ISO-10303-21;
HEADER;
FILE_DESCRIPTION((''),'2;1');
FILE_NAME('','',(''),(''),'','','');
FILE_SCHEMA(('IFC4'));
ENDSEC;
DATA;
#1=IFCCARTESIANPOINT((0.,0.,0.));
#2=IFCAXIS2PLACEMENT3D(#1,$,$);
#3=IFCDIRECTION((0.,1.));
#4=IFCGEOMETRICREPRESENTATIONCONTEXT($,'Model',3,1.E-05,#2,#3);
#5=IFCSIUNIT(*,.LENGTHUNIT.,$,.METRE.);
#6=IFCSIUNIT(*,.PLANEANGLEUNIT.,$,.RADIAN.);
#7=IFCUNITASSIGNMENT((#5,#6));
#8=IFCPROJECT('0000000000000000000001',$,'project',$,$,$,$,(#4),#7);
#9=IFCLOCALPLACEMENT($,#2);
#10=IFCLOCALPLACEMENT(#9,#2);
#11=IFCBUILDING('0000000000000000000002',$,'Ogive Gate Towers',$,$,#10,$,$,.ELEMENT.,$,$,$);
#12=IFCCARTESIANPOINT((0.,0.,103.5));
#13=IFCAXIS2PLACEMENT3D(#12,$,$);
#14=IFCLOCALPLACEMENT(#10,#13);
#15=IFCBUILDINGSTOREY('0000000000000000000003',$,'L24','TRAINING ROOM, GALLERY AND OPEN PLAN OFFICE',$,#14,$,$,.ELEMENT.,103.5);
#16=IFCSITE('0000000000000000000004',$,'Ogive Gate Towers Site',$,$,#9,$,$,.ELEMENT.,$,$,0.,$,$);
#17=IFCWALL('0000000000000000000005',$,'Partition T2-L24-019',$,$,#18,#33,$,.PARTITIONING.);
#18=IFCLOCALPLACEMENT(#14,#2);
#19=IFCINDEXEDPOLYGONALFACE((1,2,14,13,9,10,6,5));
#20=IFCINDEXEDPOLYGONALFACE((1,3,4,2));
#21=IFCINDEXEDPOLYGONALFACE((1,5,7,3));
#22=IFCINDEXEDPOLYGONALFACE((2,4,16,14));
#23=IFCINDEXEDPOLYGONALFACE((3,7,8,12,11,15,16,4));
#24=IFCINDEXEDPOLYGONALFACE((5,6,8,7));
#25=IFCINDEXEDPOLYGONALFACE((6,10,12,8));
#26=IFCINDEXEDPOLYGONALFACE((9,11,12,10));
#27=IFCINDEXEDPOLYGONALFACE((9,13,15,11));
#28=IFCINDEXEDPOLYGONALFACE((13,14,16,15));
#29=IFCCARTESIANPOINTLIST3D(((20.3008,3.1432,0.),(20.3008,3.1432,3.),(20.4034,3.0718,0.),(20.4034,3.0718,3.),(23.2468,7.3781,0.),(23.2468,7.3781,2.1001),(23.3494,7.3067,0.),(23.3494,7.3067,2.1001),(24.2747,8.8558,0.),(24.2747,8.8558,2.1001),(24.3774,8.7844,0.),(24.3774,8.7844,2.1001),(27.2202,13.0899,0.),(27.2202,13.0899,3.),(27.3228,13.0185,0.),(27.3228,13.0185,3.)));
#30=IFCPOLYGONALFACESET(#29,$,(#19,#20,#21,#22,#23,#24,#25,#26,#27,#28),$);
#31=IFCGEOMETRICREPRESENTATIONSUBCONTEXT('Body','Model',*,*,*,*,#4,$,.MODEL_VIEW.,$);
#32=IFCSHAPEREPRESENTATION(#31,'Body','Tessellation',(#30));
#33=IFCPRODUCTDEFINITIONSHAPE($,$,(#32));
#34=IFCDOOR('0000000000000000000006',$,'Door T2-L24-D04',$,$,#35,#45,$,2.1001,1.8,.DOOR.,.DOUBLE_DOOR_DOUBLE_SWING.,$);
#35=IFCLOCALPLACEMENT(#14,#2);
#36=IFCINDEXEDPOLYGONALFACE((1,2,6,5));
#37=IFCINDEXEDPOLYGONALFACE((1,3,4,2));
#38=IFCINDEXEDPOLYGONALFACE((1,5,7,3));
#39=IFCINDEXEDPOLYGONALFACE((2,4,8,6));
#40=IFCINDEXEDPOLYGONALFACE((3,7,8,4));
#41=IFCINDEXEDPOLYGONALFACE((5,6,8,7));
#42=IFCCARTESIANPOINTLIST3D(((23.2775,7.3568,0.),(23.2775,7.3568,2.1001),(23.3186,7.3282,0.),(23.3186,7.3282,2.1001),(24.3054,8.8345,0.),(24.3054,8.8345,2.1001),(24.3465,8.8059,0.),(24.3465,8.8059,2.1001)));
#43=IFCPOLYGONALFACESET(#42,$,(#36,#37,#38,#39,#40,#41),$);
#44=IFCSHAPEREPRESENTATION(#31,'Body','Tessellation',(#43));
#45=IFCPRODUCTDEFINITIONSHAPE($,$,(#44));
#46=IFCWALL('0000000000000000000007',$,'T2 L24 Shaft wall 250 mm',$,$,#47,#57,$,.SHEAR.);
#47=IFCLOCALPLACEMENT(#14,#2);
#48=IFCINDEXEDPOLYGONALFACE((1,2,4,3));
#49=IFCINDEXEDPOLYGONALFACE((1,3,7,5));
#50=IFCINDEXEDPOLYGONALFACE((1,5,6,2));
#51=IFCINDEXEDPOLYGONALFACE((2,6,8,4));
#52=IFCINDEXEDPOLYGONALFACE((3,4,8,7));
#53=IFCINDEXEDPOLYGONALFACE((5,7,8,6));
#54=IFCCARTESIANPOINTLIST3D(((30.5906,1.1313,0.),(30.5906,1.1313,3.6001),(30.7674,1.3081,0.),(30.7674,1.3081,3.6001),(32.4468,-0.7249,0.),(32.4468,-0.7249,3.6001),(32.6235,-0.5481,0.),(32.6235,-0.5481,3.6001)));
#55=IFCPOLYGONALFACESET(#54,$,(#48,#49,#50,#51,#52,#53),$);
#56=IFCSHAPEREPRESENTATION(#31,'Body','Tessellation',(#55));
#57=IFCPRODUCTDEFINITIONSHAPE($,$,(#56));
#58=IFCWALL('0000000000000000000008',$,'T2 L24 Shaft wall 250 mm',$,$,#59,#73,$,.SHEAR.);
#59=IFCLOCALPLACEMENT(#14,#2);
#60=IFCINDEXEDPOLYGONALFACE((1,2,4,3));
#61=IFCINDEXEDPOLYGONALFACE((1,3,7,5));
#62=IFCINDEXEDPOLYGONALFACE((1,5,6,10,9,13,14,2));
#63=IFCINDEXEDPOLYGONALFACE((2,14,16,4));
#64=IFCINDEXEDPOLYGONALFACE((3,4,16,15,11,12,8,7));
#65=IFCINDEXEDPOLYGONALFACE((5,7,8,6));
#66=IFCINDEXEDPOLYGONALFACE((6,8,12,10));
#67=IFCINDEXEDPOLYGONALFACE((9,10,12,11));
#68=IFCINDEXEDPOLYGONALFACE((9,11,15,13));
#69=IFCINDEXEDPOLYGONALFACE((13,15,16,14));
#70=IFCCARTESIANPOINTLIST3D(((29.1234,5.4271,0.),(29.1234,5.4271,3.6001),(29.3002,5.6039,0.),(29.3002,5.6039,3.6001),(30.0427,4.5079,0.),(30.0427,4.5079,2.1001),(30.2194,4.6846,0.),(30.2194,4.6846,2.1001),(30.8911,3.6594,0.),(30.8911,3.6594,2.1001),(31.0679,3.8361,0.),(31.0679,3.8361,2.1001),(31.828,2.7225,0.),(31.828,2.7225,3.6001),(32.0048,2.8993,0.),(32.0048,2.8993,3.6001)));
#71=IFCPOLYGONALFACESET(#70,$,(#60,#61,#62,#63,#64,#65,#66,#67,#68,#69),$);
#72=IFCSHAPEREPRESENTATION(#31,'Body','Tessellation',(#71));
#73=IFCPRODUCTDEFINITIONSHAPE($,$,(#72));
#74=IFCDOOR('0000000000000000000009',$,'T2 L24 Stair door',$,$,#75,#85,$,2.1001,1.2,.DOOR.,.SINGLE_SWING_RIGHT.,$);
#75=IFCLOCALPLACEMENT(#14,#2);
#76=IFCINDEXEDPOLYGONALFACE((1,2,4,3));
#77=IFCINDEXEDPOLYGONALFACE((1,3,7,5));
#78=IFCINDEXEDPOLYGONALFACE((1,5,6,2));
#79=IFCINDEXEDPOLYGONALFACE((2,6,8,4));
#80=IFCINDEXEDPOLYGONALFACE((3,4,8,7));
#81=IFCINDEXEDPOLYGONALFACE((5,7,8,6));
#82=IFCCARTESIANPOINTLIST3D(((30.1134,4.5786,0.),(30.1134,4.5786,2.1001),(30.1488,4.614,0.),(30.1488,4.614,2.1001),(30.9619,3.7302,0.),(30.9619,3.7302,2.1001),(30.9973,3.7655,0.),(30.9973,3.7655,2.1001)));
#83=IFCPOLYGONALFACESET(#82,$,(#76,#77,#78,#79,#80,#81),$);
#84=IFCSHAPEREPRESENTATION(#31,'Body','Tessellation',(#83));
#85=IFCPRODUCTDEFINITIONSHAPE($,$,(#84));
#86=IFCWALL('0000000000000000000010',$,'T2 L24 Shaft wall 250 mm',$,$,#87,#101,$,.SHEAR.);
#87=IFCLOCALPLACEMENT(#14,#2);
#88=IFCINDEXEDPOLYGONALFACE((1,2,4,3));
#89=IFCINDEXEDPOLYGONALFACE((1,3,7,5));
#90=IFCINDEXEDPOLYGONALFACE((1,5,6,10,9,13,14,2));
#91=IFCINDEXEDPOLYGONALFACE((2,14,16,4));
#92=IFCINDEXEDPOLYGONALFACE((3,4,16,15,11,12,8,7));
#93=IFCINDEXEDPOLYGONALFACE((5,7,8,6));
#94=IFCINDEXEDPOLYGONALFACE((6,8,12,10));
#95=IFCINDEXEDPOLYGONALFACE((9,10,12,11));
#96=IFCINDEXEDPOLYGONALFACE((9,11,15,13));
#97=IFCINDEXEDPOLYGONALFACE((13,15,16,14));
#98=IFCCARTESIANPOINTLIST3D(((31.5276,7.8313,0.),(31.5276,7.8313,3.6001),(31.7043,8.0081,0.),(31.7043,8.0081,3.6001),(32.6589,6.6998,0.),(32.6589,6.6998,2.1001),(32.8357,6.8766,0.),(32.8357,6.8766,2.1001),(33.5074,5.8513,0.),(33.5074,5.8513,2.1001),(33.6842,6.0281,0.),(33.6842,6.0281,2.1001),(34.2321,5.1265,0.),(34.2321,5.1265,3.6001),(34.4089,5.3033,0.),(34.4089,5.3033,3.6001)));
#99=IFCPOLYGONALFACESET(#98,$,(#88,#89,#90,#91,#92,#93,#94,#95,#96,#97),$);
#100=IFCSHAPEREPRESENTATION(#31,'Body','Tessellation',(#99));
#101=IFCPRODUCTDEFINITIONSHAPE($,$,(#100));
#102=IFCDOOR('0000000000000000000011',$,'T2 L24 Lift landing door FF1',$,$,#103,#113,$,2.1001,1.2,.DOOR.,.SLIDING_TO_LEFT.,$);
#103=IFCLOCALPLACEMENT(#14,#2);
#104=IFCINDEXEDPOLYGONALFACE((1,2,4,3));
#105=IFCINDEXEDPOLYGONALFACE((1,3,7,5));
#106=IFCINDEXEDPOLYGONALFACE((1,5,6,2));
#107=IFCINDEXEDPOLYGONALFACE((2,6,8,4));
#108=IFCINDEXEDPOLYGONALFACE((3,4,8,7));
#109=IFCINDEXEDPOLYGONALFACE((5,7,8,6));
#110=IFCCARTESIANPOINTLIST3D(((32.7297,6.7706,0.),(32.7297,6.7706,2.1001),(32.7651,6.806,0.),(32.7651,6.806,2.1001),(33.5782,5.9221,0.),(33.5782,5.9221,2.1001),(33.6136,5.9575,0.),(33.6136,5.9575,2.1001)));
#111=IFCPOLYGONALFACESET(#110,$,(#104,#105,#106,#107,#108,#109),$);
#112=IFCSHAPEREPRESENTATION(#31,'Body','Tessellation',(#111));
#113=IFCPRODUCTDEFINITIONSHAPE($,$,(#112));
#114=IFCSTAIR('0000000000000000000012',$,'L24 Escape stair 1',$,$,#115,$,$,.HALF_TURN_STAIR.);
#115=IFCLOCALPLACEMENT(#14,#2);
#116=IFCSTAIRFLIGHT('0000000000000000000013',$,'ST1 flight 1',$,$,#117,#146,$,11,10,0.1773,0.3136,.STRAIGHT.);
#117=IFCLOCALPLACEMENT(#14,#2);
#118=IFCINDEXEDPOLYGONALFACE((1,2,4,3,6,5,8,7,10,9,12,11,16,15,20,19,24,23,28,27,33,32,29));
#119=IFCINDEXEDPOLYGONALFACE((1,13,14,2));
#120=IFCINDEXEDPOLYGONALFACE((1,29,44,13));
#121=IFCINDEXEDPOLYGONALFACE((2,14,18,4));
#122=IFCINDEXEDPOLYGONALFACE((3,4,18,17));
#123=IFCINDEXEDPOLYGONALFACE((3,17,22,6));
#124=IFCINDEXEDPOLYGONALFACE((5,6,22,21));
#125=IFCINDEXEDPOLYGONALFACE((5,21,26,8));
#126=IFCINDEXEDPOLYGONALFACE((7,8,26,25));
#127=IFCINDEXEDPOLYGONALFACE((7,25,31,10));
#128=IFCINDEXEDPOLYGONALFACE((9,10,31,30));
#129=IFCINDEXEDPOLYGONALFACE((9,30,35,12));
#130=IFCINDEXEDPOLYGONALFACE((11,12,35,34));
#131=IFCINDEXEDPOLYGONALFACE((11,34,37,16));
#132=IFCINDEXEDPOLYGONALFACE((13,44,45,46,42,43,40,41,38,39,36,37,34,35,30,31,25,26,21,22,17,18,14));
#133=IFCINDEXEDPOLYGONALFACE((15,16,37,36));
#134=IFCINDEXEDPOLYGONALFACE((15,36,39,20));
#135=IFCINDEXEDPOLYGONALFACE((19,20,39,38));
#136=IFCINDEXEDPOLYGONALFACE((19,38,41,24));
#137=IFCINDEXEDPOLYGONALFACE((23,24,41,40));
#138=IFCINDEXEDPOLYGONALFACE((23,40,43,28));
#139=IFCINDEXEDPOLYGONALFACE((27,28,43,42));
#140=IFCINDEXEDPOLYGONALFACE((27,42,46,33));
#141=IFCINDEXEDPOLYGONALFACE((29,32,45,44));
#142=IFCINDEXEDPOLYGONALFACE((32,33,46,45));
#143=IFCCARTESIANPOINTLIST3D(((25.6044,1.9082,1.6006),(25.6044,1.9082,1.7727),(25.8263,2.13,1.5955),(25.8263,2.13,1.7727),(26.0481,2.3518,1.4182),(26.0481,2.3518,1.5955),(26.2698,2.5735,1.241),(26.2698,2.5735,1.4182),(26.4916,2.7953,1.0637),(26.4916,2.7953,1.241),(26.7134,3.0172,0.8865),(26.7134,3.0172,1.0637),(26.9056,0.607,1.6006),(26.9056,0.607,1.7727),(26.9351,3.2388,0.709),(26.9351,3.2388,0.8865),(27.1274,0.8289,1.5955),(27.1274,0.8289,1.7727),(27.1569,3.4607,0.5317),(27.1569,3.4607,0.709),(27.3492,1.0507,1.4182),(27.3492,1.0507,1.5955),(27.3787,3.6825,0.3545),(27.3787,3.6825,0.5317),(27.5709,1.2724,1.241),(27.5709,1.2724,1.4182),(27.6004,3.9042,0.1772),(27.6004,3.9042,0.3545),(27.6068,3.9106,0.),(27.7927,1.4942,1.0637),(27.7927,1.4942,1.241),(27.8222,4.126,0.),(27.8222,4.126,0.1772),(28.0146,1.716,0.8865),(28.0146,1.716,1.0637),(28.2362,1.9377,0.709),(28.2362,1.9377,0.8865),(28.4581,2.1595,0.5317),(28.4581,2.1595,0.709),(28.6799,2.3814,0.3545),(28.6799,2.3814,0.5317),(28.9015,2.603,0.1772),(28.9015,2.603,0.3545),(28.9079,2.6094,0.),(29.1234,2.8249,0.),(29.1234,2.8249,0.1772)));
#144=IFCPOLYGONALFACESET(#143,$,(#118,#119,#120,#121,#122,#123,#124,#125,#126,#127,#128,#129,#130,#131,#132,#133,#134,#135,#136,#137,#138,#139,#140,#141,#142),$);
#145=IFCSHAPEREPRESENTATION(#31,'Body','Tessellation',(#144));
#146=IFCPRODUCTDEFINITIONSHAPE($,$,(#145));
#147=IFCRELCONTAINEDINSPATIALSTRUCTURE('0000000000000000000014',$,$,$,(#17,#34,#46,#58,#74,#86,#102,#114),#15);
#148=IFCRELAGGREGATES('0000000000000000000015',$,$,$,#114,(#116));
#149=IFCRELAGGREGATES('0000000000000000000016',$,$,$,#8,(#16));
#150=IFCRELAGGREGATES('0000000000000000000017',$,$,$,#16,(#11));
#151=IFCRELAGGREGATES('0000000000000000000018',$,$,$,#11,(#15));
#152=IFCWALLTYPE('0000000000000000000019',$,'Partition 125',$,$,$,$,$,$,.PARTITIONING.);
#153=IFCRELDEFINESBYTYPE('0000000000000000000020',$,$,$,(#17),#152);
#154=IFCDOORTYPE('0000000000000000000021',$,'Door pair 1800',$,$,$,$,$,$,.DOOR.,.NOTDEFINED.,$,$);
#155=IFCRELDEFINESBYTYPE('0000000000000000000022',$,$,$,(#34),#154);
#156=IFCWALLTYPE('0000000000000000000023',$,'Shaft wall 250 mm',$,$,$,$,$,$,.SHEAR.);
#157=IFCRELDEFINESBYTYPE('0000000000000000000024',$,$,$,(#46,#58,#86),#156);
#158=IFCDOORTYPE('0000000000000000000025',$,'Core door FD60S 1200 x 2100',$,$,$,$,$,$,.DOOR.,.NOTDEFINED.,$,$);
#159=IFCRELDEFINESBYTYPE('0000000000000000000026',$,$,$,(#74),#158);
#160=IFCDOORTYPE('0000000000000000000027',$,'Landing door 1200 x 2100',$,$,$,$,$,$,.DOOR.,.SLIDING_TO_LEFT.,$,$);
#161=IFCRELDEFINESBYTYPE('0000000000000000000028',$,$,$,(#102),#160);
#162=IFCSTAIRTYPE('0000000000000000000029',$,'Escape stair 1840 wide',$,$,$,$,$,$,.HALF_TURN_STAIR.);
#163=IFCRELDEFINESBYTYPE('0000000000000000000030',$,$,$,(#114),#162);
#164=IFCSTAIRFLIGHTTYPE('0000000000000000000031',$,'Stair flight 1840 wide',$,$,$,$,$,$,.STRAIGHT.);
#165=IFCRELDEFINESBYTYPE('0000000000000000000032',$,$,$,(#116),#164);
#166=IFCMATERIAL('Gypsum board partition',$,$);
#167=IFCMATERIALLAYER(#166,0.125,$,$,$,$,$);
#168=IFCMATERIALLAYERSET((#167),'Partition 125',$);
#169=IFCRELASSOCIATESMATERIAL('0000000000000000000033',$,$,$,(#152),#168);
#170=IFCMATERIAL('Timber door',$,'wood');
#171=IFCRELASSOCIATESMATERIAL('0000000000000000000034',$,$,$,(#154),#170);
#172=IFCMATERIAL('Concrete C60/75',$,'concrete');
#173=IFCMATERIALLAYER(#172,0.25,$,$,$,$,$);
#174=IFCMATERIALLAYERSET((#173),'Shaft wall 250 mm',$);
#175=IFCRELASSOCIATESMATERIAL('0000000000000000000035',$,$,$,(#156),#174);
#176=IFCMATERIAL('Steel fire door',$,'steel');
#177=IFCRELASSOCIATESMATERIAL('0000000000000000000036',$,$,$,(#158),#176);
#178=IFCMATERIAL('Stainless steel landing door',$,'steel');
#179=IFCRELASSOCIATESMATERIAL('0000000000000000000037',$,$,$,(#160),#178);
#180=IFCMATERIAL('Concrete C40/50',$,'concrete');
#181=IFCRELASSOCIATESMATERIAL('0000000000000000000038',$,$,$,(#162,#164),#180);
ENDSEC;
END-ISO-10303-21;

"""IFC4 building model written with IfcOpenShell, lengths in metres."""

from ifc_helpers import new_model, si_unit, direction, frame, frame_2d, origin, place, context, subcontext, project, spatial, polyline, rectangle, outline, extrude, material, layer, layer_set, type_object, element, fill, aggregate, save


model = new_model("IFC4")

# Units and contexts
model_context = context("Model", 3, precision=1e-05, world=origin(), true_north=direction((0.0, 1.0)))
body_context = subcontext(model_context, "Body", "Model", "MODEL_VIEW")
ifc_project = project(units=[si_unit("LENGTHUNIT", "METRE"), si_unit("PLANEANGLEUNIT", "RADIAN")], contexts=[model_context])

# Site, building, storey
site_placement = place(None, origin())
site = spatial("IfcSite", under=ifc_project, at=site_placement, Name="Ogive Gate Towers Site", CompositionType="ELEMENT", RefElevation=0.0)
building_placement = place(site_placement, origin())
building = spatial("IfcBuilding", under=site, at=building_placement, Name="Ogive Gate Towers", CompositionType="ELEMENT")
storey_placement = place(building_placement, frame((0.0, 0.0, 103.5)))
storey = spatial("IfcBuildingStorey", under=building, at=storey_placement, Name="L24", Description="TRAINING ROOM, GALLERY AND OPEN PLAN OFFICE", CompositionType="ELEMENT", Elevation=103.5)

# Wall, opening, door
ifc_material_1 = material(Name="Gypsum board partition")
ifc_layer_1 = layer(ifc_material_1, 0.125)
ifc_layer_set_1 = layer_set([ifc_layer_1], Name="Partition 125")
wall_type_1 = type_object("IfcWallType", Name="Partition 125", PredefinedType="PARTITIONING", material=ifc_layer_set_1)
wall_1_placement = place(storey_placement, frame((27.2715, 13.0542, 0.0), z_axis=(0.0, 0.0, 1.0), x_axis=(-0.571061, -0.820908, 0.0)))
wall_1 = element("IfcWall", 1, at=wall_1_placement, inside=storey, type_object=wall_type_1, Name="Partition T2-L24-019", PredefinedType="PARTITIONING", context=body_context, shape_type="SweptSolid", body=[
    extrude(rectangle(XDim=12.1167, YDim=0.125, at=frame_2d((6.0583, 0.0))), origin(), (0.0, 0.0, 1.0), 3.0),
])
opening_1_placement = place(wall_1_placement, frame((5.158, 0.0, 0.0)))
opening_1 = element("IfcOpeningElement", 2, at=opening_1_placement, cuts=wall_1, PredefinedType="OPENING", context=body_context, shape_type="SweptSolid", body=[
    extrude(rectangle(XDim=1.8, YDim=2.1001, at=frame_2d((0.8999, 1.05))), frame((0.0, 0.0725, 0.0), z_axis=(0.0, -1.0, 0.0), x_axis=(1.0, 0.0, 0.0)), (0.0, 0.0, 1.0), 0.145),
])
ifc_material_2 = material(Name="Timber door", Category="wood")
door_type_1 = type_object("IfcDoorType", Name="Door pair 1800", OperationType="NOTDEFINED", PredefinedType="DOOR", material=ifc_material_2)
door_1_placement = place(opening_1_placement, origin())
door_1 = element("IfcDoor", 3, at=door_1_placement, inside=storey, type_object=door_type_1, Name="Door T2-L24-D04", OperationType="DOUBLE_DOOR_DOUBLE_SWING", OverallHeight=2.1001, OverallWidth=1.8, PredefinedType="DOOR", context=body_context, shape_type="SweptSolid", body=[
    extrude(rectangle(XDim=1.8, YDim=2.1001, at=frame_2d((0.8999, 1.05))), frame((0.0, 0.0249, 0.0), z_axis=(0.0, -1.0, 0.0), x_axis=(1.0, 0.0, 0.0)), (0.0, 0.0, 1.0), 0.05),
])
fill(opening_1, door_1)

# Wall
ifc_material_3 = material(Name="Concrete C60/75", Category="concrete")
ifc_layer_2 = layer(ifc_material_3, 0.25)
ifc_layer_set_2 = layer_set([ifc_layer_2], Name="Shaft wall 250 mm")
wall_type_2 = type_object("IfcWallType", Name="Shaft wall 250 mm", PredefinedType="SHEAR", material=ifc_layer_set_2)
wall_2_placement = place(storey_placement, frame((32.5352, -0.6365, 0.0), z_axis=(0.0, 0.0, 1.0), x_axis=(-0.707107, 0.707107, 0.0)))
element("IfcWall", 4, at=wall_2_placement, inside=storey, type_object=wall_type_2, Name="T2 L24 Shaft wall 250 mm", PredefinedType="SHEAR", context=body_context, shape_type="SweptSolid", body=[
    extrude(rectangle(XDim=2.625, YDim=0.25, at=frame_2d((1.3125, 0.0))), origin(), (0.0, 0.0, 1.0), 3.6001),
])

# Walls, openings, doors
wall_3_placement = place(storey_placement, frame((31.9165, 2.8108, 0.0), z_axis=(0.0, 0.0, 1.0), x_axis=(-0.707107, 0.707107, 0.0)))
wall_3 = element("IfcWall", 5, at=wall_3_placement, inside=storey, type_object=wall_type_2, Name="T2 L24 Shaft wall 250 mm", PredefinedType="SHEAR", context=body_context, shape_type="SweptSolid", body=[
    extrude(rectangle(XDim=3.825, YDim=0.25, at=frame_2d((1.9126, 0.0))), origin(), (0.0, 0.0, 1.0), 3.6001),
])
opening_2_placement = place(wall_3_placement, frame((1.325, 0.0, 0.0)))
opening_2 = element("IfcOpeningElement", 6, at=opening_2_placement, cuts=wall_3, PredefinedType="OPENING", context=body_context, shape_type="SweptSolid", body=[
    extrude(rectangle(XDim=1.2, YDim=2.1001, at=frame_2d((0.6001, 1.05))), frame((0.0, 0.135, 0.0), z_axis=(0.0, -1.0, 0.0), x_axis=(1.0, 0.0, 0.0)), (0.0, 0.0, 1.0), 0.27),
])
ifc_material_4 = material(Name="Steel fire door", Category="steel")
door_type_2 = type_object("IfcDoorType", Name="Core door FD60S 1200 x 2100", OperationType="NOTDEFINED", PredefinedType="DOOR", material=ifc_material_4)
door_2_placement = place(opening_2_placement, origin())
door_2 = element("IfcDoor", 7, at=door_2_placement, inside=storey, type_object=door_type_2, Name="T2 L24 Stair door", OperationType="SINGLE_SWING_RIGHT", OverallHeight=2.1001, OverallWidth=1.2, PredefinedType="DOOR", context=body_context, shape_type="SweptSolid", body=[
    extrude(rectangle(XDim=1.2, YDim=2.1001, at=frame_2d((0.6001, 1.05))), frame((0.0, 0.0249, 0.0), z_axis=(0.0, -1.0, 0.0), x_axis=(1.0, 0.0, 0.0)), (0.0, 0.0, 1.0), 0.05),
])
fill(opening_2, door_2)
wall_4_placement = place(storey_placement, frame((34.3206, 5.2148, 0.0), z_axis=(0.0, 0.0, 1.0), x_axis=(-0.707075, 0.707139, 0.0)))
wall_4 = element("IfcWall", 8, at=wall_4_placement, inside=storey, type_object=wall_type_2, Name="T2 L24 Shaft wall 250 mm", PredefinedType="SHEAR", context=body_context, shape_type="SweptSolid", body=[
    extrude(rectangle(XDim=3.825, YDim=0.25, at=frame_2d((1.9126, 0.0))), origin(), (0.0, 0.0, 1.0), 3.6001),
])
opening_3_placement = place(wall_4_placement, frame((1.0249, 0.0, 0.0)))
opening_3 = element("IfcOpeningElement", 9, at=opening_3_placement, cuts=wall_4, PredefinedType="OPENING", context=body_context, shape_type="SweptSolid", body=[
    extrude(rectangle(XDim=1.2, YDim=2.1001, at=frame_2d((0.6001, 1.05))), frame((0.0, 0.135, 0.0), z_axis=(0.0, -1.0, 0.0), x_axis=(1.0, 0.0, 0.0)), (0.0, 0.0, 1.0), 0.27),
])
ifc_material_5 = material(Name="Stainless steel landing door", Category="steel")
door_type_3 = type_object("IfcDoorType", Name="Landing door 1200 x 2100", OperationType="SLIDING_TO_LEFT", PredefinedType="DOOR", material=ifc_material_5)
door_3_placement = place(opening_3_placement, origin())
door_3 = element("IfcDoor", 10, at=door_3_placement, inside=storey, type_object=door_type_3, Name="T2 L24 Lift landing door FF1", OperationType="SLIDING_TO_LEFT", OverallHeight=2.1001, OverallWidth=1.2, PredefinedType="DOOR", context=body_context, shape_type="SweptSolid", body=[
    extrude(rectangle(XDim=1.2, YDim=2.1001, at=frame_2d((0.6001, 1.05))), frame((0.0, 0.0249, 0.0), z_axis=(0.0, -1.0, 0.0), x_axis=(1.0, 0.0, 0.0)), (0.0, 0.0, 1.0), 0.05),
])
fill(opening_3, door_3)

# Stair, stair flight
ifc_material_6 = material(Name="Concrete C40/50", Category="concrete")
stair_type = type_object("IfcStairType", Name="Escape stair 1840 wide", PredefinedType="HALF_TURN_STAIR", material=ifc_material_6)
stair_placement = place(storey_placement, origin())
stair = element("IfcStair", 11, at=stair_placement, inside=storey, type_object=stair_type, Name="L24 Escape stair 1", PredefinedType="HALF_TURN_STAIR")
stair_flight_type = type_object("IfcStairFlightType", Name="Stair flight 1840 wide", PredefinedType="STRAIGHT", material=ifc_material_6)
stair_flight_1_placement = place(storey_placement, frame((28.4729, 3.4753, 0.0), z_axis=(0.0, 0.0, 1.0), x_axis=(-0.707107, -0.707107, 0.0)))
stair_flight_1 = element("IfcStairFlight", 12, at=stair_flight_1_placement, type_object=stair_flight_type, Name="ST1 flight 1", NumberOfRisers=11, NumberOfTreads=10, PredefinedType="STRAIGHT", RiserHeight=0.1773, TreadLength=0.3136, context=body_context, shape_type="SweptSolid", body=[
    extrude(outline(polyline([(0.0, 0.0), (0.0, 0.1772), (0.3137, 0.1772), (0.3137, 0.3545), (0.6272, 0.3545), (0.6272, 0.5317), (0.9409, 0.5317), (0.9409, 0.709), (1.2546, 0.709), (1.2546, 0.8865), (1.5681, 0.8865), (1.5681, 1.0637), (1.8818, 1.0637), (1.8818, 1.241), (2.1956, 1.241), (2.1956, 1.4182), (2.509, 1.4182), (2.509, 1.5955), (2.8228, 1.5955), (2.8228, 1.7727), (3.1365, 1.7727), (3.1365, 1.95), (3.1365, 1.6006), (0.3047, 0.0), (0.0, 0.0)])), frame((0.0, 0.9199, 0.0), z_axis=(0.0, -1.0, 0.0), x_axis=(1.0, 0.0, 0.0)), (0.0, 0.0, 1.0), 1.8401),
])
aggregate(stair, [stair_flight_1])

save(model, "model.ifc")
